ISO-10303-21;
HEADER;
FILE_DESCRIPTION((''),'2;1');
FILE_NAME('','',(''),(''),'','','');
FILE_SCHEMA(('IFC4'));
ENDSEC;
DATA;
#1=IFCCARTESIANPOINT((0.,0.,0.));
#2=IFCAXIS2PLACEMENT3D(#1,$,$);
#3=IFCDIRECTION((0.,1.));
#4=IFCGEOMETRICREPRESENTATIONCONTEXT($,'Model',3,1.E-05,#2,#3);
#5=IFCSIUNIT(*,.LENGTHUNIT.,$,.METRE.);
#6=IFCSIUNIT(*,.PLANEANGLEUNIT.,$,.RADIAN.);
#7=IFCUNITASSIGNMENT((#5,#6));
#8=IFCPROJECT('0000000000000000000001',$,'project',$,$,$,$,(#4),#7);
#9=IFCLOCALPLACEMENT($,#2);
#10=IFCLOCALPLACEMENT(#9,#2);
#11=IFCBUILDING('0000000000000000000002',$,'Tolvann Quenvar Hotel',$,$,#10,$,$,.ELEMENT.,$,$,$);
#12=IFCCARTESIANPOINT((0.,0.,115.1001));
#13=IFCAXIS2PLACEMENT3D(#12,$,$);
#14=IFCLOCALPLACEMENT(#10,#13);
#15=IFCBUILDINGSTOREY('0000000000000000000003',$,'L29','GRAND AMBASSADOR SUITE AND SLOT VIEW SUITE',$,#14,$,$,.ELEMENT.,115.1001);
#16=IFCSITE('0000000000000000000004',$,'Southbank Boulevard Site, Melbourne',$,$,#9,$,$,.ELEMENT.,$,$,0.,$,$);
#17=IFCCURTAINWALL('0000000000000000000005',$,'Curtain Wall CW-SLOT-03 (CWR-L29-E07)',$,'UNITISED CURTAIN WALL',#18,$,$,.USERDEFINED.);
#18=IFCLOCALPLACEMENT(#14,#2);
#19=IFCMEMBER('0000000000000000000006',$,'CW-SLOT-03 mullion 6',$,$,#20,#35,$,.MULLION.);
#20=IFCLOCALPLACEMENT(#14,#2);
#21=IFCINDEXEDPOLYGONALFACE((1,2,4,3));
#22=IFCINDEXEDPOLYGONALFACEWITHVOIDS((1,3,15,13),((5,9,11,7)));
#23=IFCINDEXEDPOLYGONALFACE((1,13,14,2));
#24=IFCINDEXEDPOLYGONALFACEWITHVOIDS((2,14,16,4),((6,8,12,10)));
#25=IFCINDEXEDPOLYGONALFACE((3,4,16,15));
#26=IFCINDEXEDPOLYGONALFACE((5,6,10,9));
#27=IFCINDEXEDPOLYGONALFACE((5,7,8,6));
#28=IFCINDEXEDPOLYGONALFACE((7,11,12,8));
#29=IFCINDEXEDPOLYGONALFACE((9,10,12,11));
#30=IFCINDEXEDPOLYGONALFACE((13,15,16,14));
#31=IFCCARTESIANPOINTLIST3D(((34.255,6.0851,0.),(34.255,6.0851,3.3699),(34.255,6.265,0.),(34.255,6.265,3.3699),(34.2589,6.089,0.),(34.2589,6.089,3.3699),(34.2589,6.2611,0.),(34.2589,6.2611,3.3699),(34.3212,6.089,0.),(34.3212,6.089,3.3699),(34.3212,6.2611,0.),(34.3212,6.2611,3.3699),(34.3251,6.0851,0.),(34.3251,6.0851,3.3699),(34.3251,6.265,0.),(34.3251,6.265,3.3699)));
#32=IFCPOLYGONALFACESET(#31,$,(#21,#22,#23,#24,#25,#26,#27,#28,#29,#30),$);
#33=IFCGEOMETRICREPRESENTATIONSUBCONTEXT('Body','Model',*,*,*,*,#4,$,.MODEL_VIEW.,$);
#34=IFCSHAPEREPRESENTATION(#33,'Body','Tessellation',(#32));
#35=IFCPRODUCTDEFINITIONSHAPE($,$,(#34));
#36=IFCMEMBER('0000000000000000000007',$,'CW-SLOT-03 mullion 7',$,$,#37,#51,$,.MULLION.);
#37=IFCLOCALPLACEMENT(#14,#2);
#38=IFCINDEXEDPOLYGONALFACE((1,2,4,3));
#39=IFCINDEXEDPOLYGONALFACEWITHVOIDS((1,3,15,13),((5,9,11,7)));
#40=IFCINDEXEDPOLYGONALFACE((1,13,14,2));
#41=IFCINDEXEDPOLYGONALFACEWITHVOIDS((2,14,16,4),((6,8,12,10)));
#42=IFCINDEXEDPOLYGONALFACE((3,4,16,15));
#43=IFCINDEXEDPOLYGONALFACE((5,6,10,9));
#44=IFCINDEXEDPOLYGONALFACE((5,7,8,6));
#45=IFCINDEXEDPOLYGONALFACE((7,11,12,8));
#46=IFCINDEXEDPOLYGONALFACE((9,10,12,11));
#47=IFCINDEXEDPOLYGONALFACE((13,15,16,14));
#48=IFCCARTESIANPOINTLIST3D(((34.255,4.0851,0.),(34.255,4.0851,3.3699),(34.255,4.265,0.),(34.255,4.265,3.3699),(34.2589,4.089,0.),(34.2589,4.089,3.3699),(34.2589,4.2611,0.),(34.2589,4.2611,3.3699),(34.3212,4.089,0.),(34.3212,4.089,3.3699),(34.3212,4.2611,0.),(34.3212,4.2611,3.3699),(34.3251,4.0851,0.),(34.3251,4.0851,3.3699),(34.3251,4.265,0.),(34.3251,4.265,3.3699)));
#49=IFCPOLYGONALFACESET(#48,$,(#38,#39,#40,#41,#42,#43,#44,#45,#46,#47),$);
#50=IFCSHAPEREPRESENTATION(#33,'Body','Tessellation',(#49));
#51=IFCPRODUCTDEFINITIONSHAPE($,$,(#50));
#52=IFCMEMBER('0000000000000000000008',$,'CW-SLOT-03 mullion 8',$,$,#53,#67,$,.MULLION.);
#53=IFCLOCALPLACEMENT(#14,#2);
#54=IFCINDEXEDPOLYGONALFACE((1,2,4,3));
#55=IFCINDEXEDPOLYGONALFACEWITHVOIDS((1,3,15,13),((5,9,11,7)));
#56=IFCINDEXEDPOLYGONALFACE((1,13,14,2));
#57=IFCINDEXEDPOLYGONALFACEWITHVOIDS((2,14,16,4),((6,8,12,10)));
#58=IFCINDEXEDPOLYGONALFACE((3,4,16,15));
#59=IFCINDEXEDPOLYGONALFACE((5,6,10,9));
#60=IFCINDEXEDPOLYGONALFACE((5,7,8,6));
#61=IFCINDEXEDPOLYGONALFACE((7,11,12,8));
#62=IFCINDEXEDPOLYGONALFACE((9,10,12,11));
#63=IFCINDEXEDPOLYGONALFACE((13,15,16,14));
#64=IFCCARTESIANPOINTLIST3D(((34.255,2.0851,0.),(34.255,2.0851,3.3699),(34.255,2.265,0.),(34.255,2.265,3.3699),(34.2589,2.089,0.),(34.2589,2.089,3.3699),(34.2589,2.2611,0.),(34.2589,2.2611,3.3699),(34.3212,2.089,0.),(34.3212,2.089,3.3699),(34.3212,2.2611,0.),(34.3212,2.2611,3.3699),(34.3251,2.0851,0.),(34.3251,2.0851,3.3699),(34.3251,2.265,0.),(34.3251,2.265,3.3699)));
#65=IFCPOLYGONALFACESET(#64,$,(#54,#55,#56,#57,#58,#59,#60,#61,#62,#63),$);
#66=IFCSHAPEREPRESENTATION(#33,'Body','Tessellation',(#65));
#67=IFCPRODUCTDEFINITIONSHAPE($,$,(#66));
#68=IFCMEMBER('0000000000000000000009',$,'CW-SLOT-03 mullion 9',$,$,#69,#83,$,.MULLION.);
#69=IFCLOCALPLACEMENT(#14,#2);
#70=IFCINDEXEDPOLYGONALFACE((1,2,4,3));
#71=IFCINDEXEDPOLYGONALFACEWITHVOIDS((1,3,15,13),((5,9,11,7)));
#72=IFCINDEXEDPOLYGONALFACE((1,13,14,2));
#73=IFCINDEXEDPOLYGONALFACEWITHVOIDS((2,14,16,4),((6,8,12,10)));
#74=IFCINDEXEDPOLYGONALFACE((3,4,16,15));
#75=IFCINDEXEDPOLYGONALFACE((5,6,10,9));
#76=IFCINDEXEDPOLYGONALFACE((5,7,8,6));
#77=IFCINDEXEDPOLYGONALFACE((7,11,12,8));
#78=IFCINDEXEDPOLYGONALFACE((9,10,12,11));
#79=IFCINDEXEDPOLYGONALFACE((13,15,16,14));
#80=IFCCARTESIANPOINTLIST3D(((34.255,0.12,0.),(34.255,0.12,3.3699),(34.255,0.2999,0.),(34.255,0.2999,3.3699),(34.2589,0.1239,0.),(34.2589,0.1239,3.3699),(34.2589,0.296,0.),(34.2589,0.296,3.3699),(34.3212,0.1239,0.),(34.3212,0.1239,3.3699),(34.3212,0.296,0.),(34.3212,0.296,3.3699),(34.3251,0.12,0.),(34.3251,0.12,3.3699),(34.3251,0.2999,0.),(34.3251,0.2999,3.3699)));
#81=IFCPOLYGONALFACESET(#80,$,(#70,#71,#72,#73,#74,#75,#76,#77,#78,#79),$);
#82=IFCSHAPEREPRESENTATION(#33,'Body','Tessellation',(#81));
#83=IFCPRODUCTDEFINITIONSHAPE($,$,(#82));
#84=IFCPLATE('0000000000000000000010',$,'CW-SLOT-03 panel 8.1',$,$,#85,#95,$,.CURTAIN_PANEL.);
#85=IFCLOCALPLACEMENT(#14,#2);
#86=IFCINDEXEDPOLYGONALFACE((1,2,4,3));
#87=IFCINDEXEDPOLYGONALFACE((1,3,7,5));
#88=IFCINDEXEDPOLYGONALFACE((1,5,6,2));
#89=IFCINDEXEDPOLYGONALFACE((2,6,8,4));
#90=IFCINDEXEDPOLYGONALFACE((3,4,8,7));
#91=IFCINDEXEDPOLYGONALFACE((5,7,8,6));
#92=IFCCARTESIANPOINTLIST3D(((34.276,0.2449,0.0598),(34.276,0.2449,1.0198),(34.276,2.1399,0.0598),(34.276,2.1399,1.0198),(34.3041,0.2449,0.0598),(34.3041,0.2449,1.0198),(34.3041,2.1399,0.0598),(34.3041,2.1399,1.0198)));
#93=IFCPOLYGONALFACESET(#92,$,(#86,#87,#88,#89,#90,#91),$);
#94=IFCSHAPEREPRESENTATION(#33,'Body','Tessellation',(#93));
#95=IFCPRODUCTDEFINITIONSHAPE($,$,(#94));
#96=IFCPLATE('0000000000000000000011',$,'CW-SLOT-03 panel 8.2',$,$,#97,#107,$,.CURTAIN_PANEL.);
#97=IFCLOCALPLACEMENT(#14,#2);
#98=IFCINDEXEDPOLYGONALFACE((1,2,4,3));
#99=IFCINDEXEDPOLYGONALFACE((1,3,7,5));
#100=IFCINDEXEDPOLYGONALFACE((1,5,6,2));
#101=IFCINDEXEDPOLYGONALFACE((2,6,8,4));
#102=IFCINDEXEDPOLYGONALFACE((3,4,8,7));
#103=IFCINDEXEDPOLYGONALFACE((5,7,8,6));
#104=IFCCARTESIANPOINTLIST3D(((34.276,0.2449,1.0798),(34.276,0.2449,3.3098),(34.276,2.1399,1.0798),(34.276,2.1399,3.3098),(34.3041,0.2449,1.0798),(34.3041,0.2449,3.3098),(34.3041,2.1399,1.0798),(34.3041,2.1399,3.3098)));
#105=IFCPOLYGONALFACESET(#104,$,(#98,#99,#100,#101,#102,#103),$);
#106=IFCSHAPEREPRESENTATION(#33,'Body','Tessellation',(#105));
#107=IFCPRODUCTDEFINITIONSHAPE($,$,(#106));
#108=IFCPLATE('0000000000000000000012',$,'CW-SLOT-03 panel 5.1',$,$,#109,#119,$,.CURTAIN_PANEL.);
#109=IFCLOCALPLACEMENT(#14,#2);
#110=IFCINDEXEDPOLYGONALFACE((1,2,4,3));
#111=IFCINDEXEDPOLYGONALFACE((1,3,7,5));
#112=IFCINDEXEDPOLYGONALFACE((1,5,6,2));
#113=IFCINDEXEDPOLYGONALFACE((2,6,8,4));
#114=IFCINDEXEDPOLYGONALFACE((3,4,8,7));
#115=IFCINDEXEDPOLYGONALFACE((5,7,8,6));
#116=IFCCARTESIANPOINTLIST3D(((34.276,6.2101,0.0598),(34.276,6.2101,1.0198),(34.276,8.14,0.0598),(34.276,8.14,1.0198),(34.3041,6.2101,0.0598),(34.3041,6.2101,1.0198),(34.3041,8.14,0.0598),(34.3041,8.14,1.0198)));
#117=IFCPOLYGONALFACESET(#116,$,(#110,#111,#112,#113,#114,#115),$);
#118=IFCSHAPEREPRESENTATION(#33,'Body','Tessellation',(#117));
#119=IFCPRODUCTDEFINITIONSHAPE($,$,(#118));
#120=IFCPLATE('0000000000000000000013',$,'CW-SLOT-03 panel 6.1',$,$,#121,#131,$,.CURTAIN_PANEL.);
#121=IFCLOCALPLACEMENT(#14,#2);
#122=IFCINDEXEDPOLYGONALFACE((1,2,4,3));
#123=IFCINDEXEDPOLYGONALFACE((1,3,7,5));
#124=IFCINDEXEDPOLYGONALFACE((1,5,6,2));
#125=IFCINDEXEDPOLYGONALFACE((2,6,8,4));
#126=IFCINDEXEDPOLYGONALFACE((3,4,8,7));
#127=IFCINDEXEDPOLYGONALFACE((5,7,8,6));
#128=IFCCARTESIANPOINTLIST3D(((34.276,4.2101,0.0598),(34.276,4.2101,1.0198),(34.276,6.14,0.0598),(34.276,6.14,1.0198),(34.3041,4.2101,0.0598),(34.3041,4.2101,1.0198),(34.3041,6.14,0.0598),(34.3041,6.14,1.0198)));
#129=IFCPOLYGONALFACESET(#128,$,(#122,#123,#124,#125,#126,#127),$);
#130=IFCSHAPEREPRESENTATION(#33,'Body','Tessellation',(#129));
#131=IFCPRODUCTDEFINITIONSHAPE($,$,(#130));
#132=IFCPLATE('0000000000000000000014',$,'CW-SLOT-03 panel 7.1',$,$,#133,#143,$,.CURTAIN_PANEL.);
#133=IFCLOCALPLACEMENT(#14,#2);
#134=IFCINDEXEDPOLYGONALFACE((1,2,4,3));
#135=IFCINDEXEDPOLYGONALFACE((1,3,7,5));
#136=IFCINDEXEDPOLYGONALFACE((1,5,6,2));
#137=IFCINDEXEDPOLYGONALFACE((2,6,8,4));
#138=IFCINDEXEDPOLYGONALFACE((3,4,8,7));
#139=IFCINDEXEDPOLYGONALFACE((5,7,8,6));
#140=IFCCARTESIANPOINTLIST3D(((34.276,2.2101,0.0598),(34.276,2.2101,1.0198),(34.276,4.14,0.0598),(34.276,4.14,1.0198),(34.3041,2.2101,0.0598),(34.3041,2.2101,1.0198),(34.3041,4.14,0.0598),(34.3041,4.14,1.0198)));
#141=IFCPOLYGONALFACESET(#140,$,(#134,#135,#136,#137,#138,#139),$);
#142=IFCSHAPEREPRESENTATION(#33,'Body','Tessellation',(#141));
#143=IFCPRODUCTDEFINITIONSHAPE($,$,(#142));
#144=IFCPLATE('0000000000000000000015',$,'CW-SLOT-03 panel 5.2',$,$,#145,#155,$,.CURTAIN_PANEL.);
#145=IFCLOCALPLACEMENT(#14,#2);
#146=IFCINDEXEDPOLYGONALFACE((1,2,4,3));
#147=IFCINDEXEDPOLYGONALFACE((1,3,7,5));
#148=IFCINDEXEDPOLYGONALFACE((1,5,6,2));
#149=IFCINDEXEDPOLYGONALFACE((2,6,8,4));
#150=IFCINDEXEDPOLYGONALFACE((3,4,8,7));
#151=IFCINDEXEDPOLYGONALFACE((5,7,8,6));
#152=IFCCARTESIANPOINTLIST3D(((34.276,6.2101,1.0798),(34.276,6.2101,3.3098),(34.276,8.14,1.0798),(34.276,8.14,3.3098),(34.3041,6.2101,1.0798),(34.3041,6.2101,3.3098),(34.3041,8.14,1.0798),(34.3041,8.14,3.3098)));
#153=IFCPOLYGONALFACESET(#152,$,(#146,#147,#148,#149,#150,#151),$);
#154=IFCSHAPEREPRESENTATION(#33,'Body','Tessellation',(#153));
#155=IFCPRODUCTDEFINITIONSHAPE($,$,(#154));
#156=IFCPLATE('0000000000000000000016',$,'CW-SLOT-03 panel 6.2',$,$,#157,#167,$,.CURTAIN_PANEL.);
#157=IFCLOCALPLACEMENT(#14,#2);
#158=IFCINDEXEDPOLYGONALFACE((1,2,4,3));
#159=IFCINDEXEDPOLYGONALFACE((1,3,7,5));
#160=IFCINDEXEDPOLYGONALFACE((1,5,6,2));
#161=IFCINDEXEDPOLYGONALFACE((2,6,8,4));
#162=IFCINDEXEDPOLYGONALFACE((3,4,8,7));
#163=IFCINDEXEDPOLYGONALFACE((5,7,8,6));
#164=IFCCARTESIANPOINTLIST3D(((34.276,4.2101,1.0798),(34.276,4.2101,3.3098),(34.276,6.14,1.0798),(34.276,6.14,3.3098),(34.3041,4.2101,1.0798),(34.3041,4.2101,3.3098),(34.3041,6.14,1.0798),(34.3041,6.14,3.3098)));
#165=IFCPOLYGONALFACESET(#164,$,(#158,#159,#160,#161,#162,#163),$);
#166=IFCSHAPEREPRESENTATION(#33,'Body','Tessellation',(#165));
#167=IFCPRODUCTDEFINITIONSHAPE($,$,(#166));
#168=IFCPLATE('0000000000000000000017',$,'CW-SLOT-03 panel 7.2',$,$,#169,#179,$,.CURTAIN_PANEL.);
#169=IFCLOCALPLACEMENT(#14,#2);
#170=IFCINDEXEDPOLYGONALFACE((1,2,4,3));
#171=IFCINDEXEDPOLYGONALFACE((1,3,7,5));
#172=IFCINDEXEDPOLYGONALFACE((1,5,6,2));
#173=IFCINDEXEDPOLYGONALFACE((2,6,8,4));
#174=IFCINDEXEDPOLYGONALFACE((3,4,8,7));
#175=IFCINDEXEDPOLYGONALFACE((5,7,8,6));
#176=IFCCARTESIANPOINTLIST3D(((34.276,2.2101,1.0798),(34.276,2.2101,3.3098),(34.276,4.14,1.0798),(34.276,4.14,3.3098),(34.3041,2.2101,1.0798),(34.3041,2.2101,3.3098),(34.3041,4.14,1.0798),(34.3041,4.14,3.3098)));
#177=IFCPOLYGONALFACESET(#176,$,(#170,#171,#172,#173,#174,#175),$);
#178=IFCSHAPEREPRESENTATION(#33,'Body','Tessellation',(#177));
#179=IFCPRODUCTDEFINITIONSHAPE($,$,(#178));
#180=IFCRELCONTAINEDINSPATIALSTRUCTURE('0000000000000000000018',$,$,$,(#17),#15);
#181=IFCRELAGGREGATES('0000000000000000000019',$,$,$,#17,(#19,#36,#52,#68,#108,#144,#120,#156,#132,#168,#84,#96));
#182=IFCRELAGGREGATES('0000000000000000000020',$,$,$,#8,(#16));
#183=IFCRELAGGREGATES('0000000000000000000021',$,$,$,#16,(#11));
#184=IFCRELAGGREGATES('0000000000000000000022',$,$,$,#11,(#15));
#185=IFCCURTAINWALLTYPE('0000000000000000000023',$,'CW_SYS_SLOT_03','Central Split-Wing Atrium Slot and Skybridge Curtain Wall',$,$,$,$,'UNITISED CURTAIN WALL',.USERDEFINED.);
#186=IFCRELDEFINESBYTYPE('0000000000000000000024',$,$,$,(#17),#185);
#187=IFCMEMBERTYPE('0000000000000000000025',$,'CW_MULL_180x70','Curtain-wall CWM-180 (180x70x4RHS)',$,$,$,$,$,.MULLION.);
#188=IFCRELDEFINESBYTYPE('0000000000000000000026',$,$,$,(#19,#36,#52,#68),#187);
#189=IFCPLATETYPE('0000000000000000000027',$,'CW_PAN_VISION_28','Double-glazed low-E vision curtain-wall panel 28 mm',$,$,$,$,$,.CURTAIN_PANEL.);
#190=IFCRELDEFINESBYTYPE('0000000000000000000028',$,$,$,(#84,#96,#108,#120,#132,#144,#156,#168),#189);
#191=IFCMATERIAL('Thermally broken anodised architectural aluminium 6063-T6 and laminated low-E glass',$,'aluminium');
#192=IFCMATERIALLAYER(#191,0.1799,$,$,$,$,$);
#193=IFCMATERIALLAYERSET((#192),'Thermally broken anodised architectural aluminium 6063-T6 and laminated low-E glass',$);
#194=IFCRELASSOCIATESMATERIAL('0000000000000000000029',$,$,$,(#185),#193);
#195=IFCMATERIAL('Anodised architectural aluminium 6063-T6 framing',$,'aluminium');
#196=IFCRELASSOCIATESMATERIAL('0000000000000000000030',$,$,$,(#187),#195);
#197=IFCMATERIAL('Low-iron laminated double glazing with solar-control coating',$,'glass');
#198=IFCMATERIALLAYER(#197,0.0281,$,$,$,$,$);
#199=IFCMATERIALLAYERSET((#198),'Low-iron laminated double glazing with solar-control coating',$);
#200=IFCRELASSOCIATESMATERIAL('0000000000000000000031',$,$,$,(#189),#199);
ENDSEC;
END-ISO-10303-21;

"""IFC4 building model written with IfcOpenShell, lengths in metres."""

from ifc_helpers import new_model, si_unit, direction, frame, origin, origin_2d, place, context, subcontext, project, spatial, rectangle, hollow_rectangle, extrude, source, transform, mapped, material, layer, layer_set, material_profile, profile_set, type_object, type_shapes, element, aggregate, save


model = new_model("IFC4")

# Units and contexts
model_context = context("Model", 3, precision=1e-05, world=origin(), true_north=direction((0.0, 1.0)))
body_context = subcontext(model_context, "Body", "Model", "MODEL_VIEW")
ifc_project = project(units=[si_unit("LENGTHUNIT", "METRE"), si_unit("PLANEANGLEUNIT", "RADIAN")], contexts=[model_context])

# Site, building, storey
site_placement = place(None, origin())
site = spatial("IfcSite", under=ifc_project, at=site_placement, Name="Southbank Boulevard Site, Melbourne", CompositionType="ELEMENT", RefElevation=0.0)
building_placement = place(site_placement, origin())
building = spatial("IfcBuilding", under=site, at=building_placement, Name="Tolvann Quenvar Hotel", CompositionType="ELEMENT")
storey_placement = place(building_placement, frame((0.0, 0.0, 115.1001)))
storey = spatial("IfcBuildingStorey", under=building, at=storey_placement, Name="L29", Description="GRAND AMBASSADOR SUITE AND SLOT VIEW SUITE", CompositionType="ELEMENT", Elevation=115.1001)

# Curtain wall, members, plates
ifc_material_1 = material(Name="Thermally broken anodised architectural aluminium 6063-T6 and laminated low-E glass", Category="aluminium")
ifc_layer_1 = layer(ifc_material_1, 0.1799)
ifc_layer_set_1 = layer_set([ifc_layer_1], Name="Thermally broken anodised architectural aluminium 6063-T6 and laminated low-E glass")
curtain_wall_type = type_object("IfcCurtainWallType", Name="CW_SYS_SLOT_03", Description="Central Split-Wing Atrium Slot and Skybridge Curtain Wall", ElementType="UNITISED CURTAIN WALL", PredefinedType="USERDEFINED", material=ifc_layer_set_1)
curtain_wall_placement = place(storey_placement, origin())
curtain_wall = element("IfcCurtainWall", 1, at=curtain_wall_placement, inside=storey, type_object=curtain_wall_type, Name="Curtain Wall CW-SLOT-03 (CWR-L29-E07)", ObjectType="UNITISED CURTAIN WALL", PredefinedType="USERDEFINED")
ifc_material_2 = material(Name="Anodised architectural aluminium 6063-T6 framing", Category="aluminium")
ifc_material_profile_1 = material_profile(ifc_material_2, hollow_rectangle(XDim=0.0701, YDim=0.1799, WallThickness=0.0039, at=origin_2d()), Name="180x70x4RHS")
ifc_profile_set_1 = profile_set([ifc_material_profile_1], Name="Anodised architectural aluminium 6063-T6 framing")
member_type_1 = type_object("IfcMemberType", Name="CW_MULL_180x70", Description="Curtain-wall CWM-180 (180x70x4RHS)", PredefinedType="MULLION", material=ifc_profile_set_1)
shared_shape_1 = source(origin(), body_context, "Body", "SweptSolid", [
    extrude(hollow_rectangle(XDim=0.0701, YDim=0.1799, WallThickness=0.0039, at=origin_2d()), origin(), (0.0, 0.0, 1.0), 3.3699),
])
type_shapes(member_type_1, [shared_shape_1])
member_1_placement = place(storey_placement, frame((34.29, 6.175, 0.0), z_axis=(0.0, 0.0, 1.0), x_axis=(1.0, 0.0, 0.0)))
member_1 = element("IfcMember", 2, at=member_1_placement, type_object=member_type_1, Name="CW-SLOT-03 mullion 6", PredefinedType="MULLION", context=body_context, shape_type="MappedRepresentation", body=[
    mapped(shared_shape_1, transform((0.0, 0.0, 0.0), x_axis=(1.0, 0.0, 0.0), y_axis=(0.0, 1.0, 0.0), z_axis=(0.0, 0.0, 1.0), scale=1.0)),
])
member_2_placement = place(storey_placement, frame((34.29, 4.175, 0.0), z_axis=(0.0, 0.0, 1.0), x_axis=(1.0, 0.0, 0.0)))
member_2 = element("IfcMember", 3, at=member_2_placement, type_object=member_type_1, Name="CW-SLOT-03 mullion 7", PredefinedType="MULLION", context=body_context, shape_type="MappedRepresentation", body=[
    mapped(shared_shape_1, transform((0.0, 0.0, 0.0), x_axis=(1.0, 0.0, 0.0), y_axis=(0.0, 1.0, 0.0), z_axis=(0.0, 0.0, 1.0), scale=1.0)),
])
member_3_placement = place(storey_placement, frame((34.29, 2.175, 0.0), z_axis=(0.0, 0.0, 1.0), x_axis=(1.0, 0.0, 0.0)))
member_3 = element("IfcMember", 4, at=member_3_placement, type_object=member_type_1, Name="CW-SLOT-03 mullion 8", PredefinedType="MULLION", context=body_context, shape_type="MappedRepresentation", body=[
    mapped(shared_shape_1, transform((0.0, 0.0, 0.0), x_axis=(1.0, 0.0, 0.0), y_axis=(0.0, 1.0, 0.0), z_axis=(0.0, 0.0, 1.0), scale=1.0)),
])
member_4_placement = place(storey_placement, frame((34.29, 0.21, 0.0), z_axis=(0.0, 0.0, 1.0), x_axis=(1.0, 0.0, 0.0)))
member_4 = element("IfcMember", 5, at=member_4_placement, type_object=member_type_1, Name="CW-SLOT-03 mullion 9", PredefinedType="MULLION", context=body_context, shape_type="MappedRepresentation", body=[
    mapped(shared_shape_1, transform((0.0, 0.0, 0.0), x_axis=(1.0, 0.0, 0.0), y_axis=(0.0, 1.0, 0.0), z_axis=(0.0, 0.0, 1.0), scale=1.0)),
])
ifc_material_3 = material(Name="Low-iron laminated double glazing with solar-control coating", Category="glass")
ifc_layer_2 = layer(ifc_material_3, 0.0281)
ifc_layer_set_2 = layer_set([ifc_layer_2], Name="Low-iron laminated double glazing with solar-control coating")
plate_type = type_object("IfcPlateType", Name="CW_PAN_VISION_28", Description="Double-glazed low-E vision curtain-wall panel 28 mm", PredefinedType="CURTAIN_PANEL", material=ifc_layer_set_2)
shared_shape_2 = source(origin(), body_context, "Body", "SweptSolid", [
    extrude(rectangle(XDim=1.895, YDim=0.0281, at=origin_2d()), origin(), (0.0, 0.0, 1.0), 0.96),
])
plate_1_placement = place(storey_placement, frame((34.29, 1.1924, 0.0598), z_axis=(0.0, 0.0, 1.0), x_axis=(0.0, -1.0, 0.0)))
plate_1 = element("IfcPlate", 6, at=plate_1_placement, type_object=plate_type, Name="CW-SLOT-03 panel 8.1", PredefinedType="CURTAIN_PANEL", context=body_context, shape_type="MappedRepresentation", body=[
    mapped(shared_shape_2, transform((0.0, 0.0, 0.0), x_axis=(1.0, 0.0, 0.0), y_axis=(0.0, 1.0, 0.0), z_axis=(0.0, 0.0, 1.0), scale=1.0)),
])
shared_shape_3 = source(origin(), body_context, "Body", "SweptSolid", [
    extrude(rectangle(XDim=1.895, YDim=0.0281, at=origin_2d()), origin(), (0.0, 0.0, 1.0), 2.23),
])
plate_2_placement = place(storey_placement, frame((34.29, 1.1924, 1.0798), z_axis=(0.0, 0.0, 1.0), x_axis=(0.0, -1.0, 0.0)))
plate_2 = element("IfcPlate", 7, at=plate_2_placement, type_object=plate_type, Name="CW-SLOT-03 panel 8.2", PredefinedType="CURTAIN_PANEL", context=body_context, shape_type="MappedRepresentation", body=[
    mapped(shared_shape_3, transform((0.0, 0.0, 0.0), x_axis=(1.0, 0.0, 0.0), y_axis=(0.0, 1.0, 0.0), z_axis=(0.0, 0.0, 1.0), scale=1.0)),
])
shared_shape_4 = source(origin(), body_context, "Body", "SweptSolid", [
    extrude(rectangle(XDim=1.9299, YDim=0.0281, at=origin_2d()), origin(), (0.0, 0.0, 1.0), 0.96),
])
plate_3_placement = place(storey_placement, frame((34.29, 7.175, 0.0598), z_axis=(0.0, 0.0, 1.0), x_axis=(0.0, -1.0, 0.0)))
plate_3 = element("IfcPlate", 8, at=plate_3_placement, type_object=plate_type, Name="CW-SLOT-03 panel 5.1", PredefinedType="CURTAIN_PANEL", context=body_context, shape_type="MappedRepresentation", body=[
    mapped(shared_shape_4, transform((0.0, 0.0, 0.0), x_axis=(1.0, 0.0, 0.0), y_axis=(0.0, 1.0, 0.0), z_axis=(0.0, 0.0, 1.0), scale=1.0)),
])
plate_4_placement = place(storey_placement, frame((34.29, 5.175, 0.0598), z_axis=(0.0, 0.0, 1.0), x_axis=(0.0, -1.0, 0.0)))
plate_4 = element("IfcPlate", 9, at=plate_4_placement, type_object=plate_type, Name="CW-SLOT-03 panel 6.1", PredefinedType="CURTAIN_PANEL", context=body_context, shape_type="MappedRepresentation", body=[
    mapped(shared_shape_4, transform((0.0, 0.0, 0.0), x_axis=(1.0, 0.0, 0.0), y_axis=(0.0, 1.0, 0.0), z_axis=(0.0, 0.0, 1.0), scale=1.0)),
])
plate_5_placement = place(storey_placement, frame((34.29, 3.175, 0.0598), z_axis=(0.0, 0.0, 1.0), x_axis=(0.0, -1.0, 0.0)))
plate_5 = element("IfcPlate", 10, at=plate_5_placement, type_object=plate_type, Name="CW-SLOT-03 panel 7.1", PredefinedType="CURTAIN_PANEL", context=body_context, shape_type="MappedRepresentation", body=[
    mapped(shared_shape_4, transform((0.0, 0.0, 0.0), x_axis=(1.0, 0.0, 0.0), y_axis=(0.0, 1.0, 0.0), z_axis=(0.0, 0.0, 1.0), scale=1.0)),
])
shared_shape_5 = source(origin(), body_context, "Body", "SweptSolid", [
    extrude(rectangle(XDim=1.9299, YDim=0.0281, at=origin_2d()), origin(), (0.0, 0.0, 1.0), 2.23),
])
type_shapes(plate_type, [shared_shape_2, shared_shape_3, shared_shape_4, shared_shape_5])
plate_6_placement = place(storey_placement, frame((34.29, 7.175, 1.0798), z_axis=(0.0, 0.0, 1.0), x_axis=(0.0, -1.0, 0.0)))
plate_6 = element("IfcPlate", 11, at=plate_6_placement, type_object=plate_type, Name="CW-SLOT-03 panel 5.2", PredefinedType="CURTAIN_PANEL", context=body_context, shape_type="MappedRepresentation", body=[
    mapped(shared_shape_5, transform((0.0, 0.0, 0.0), x_axis=(1.0, 0.0, 0.0), y_axis=(0.0, 1.0, 0.0), z_axis=(0.0, 0.0, 1.0), scale=1.0)),
])
plate_7_placement = place(storey_placement, frame((34.29, 5.175, 1.0798), z_axis=(0.0, 0.0, 1.0), x_axis=(0.0, -1.0, 0.0)))
plate_7 = element("IfcPlate", 12, at=plate_7_placement, type_object=plate_type, Name="CW-SLOT-03 panel 6.2", PredefinedType="CURTAIN_PANEL", context=body_context, shape_type="MappedRepresentation", body=[
    mapped(shared_shape_5, transform((0.0, 0.0, 0.0), x_axis=(1.0, 0.0, 0.0), y_axis=(0.0, 1.0, 0.0), z_axis=(0.0, 0.0, 1.0), scale=1.0)),
])
plate_8_placement = place(storey_placement, frame((34.29, 3.175, 1.0798), z_axis=(0.0, 0.0, 1.0), x_axis=(0.0, -1.0, 0.0)))
plate_8 = element("IfcPlate", 13, at=plate_8_placement, type_object=plate_type, Name="CW-SLOT-03 panel 7.2", PredefinedType="CURTAIN_PANEL", context=body_context, shape_type="MappedRepresentation", body=[
    mapped(shared_shape_5, transform((0.0, 0.0, 0.0), x_axis=(1.0, 0.0, 0.0), y_axis=(0.0, 1.0, 0.0), z_axis=(0.0, 0.0, 1.0), scale=1.0)),
])
aggregate(curtain_wall, [member_1, member_2, member_3, member_4, plate_3, plate_6, plate_4, plate_7, plate_5, plate_8, plate_1, plate_2])

save(model, "model.ifc")
